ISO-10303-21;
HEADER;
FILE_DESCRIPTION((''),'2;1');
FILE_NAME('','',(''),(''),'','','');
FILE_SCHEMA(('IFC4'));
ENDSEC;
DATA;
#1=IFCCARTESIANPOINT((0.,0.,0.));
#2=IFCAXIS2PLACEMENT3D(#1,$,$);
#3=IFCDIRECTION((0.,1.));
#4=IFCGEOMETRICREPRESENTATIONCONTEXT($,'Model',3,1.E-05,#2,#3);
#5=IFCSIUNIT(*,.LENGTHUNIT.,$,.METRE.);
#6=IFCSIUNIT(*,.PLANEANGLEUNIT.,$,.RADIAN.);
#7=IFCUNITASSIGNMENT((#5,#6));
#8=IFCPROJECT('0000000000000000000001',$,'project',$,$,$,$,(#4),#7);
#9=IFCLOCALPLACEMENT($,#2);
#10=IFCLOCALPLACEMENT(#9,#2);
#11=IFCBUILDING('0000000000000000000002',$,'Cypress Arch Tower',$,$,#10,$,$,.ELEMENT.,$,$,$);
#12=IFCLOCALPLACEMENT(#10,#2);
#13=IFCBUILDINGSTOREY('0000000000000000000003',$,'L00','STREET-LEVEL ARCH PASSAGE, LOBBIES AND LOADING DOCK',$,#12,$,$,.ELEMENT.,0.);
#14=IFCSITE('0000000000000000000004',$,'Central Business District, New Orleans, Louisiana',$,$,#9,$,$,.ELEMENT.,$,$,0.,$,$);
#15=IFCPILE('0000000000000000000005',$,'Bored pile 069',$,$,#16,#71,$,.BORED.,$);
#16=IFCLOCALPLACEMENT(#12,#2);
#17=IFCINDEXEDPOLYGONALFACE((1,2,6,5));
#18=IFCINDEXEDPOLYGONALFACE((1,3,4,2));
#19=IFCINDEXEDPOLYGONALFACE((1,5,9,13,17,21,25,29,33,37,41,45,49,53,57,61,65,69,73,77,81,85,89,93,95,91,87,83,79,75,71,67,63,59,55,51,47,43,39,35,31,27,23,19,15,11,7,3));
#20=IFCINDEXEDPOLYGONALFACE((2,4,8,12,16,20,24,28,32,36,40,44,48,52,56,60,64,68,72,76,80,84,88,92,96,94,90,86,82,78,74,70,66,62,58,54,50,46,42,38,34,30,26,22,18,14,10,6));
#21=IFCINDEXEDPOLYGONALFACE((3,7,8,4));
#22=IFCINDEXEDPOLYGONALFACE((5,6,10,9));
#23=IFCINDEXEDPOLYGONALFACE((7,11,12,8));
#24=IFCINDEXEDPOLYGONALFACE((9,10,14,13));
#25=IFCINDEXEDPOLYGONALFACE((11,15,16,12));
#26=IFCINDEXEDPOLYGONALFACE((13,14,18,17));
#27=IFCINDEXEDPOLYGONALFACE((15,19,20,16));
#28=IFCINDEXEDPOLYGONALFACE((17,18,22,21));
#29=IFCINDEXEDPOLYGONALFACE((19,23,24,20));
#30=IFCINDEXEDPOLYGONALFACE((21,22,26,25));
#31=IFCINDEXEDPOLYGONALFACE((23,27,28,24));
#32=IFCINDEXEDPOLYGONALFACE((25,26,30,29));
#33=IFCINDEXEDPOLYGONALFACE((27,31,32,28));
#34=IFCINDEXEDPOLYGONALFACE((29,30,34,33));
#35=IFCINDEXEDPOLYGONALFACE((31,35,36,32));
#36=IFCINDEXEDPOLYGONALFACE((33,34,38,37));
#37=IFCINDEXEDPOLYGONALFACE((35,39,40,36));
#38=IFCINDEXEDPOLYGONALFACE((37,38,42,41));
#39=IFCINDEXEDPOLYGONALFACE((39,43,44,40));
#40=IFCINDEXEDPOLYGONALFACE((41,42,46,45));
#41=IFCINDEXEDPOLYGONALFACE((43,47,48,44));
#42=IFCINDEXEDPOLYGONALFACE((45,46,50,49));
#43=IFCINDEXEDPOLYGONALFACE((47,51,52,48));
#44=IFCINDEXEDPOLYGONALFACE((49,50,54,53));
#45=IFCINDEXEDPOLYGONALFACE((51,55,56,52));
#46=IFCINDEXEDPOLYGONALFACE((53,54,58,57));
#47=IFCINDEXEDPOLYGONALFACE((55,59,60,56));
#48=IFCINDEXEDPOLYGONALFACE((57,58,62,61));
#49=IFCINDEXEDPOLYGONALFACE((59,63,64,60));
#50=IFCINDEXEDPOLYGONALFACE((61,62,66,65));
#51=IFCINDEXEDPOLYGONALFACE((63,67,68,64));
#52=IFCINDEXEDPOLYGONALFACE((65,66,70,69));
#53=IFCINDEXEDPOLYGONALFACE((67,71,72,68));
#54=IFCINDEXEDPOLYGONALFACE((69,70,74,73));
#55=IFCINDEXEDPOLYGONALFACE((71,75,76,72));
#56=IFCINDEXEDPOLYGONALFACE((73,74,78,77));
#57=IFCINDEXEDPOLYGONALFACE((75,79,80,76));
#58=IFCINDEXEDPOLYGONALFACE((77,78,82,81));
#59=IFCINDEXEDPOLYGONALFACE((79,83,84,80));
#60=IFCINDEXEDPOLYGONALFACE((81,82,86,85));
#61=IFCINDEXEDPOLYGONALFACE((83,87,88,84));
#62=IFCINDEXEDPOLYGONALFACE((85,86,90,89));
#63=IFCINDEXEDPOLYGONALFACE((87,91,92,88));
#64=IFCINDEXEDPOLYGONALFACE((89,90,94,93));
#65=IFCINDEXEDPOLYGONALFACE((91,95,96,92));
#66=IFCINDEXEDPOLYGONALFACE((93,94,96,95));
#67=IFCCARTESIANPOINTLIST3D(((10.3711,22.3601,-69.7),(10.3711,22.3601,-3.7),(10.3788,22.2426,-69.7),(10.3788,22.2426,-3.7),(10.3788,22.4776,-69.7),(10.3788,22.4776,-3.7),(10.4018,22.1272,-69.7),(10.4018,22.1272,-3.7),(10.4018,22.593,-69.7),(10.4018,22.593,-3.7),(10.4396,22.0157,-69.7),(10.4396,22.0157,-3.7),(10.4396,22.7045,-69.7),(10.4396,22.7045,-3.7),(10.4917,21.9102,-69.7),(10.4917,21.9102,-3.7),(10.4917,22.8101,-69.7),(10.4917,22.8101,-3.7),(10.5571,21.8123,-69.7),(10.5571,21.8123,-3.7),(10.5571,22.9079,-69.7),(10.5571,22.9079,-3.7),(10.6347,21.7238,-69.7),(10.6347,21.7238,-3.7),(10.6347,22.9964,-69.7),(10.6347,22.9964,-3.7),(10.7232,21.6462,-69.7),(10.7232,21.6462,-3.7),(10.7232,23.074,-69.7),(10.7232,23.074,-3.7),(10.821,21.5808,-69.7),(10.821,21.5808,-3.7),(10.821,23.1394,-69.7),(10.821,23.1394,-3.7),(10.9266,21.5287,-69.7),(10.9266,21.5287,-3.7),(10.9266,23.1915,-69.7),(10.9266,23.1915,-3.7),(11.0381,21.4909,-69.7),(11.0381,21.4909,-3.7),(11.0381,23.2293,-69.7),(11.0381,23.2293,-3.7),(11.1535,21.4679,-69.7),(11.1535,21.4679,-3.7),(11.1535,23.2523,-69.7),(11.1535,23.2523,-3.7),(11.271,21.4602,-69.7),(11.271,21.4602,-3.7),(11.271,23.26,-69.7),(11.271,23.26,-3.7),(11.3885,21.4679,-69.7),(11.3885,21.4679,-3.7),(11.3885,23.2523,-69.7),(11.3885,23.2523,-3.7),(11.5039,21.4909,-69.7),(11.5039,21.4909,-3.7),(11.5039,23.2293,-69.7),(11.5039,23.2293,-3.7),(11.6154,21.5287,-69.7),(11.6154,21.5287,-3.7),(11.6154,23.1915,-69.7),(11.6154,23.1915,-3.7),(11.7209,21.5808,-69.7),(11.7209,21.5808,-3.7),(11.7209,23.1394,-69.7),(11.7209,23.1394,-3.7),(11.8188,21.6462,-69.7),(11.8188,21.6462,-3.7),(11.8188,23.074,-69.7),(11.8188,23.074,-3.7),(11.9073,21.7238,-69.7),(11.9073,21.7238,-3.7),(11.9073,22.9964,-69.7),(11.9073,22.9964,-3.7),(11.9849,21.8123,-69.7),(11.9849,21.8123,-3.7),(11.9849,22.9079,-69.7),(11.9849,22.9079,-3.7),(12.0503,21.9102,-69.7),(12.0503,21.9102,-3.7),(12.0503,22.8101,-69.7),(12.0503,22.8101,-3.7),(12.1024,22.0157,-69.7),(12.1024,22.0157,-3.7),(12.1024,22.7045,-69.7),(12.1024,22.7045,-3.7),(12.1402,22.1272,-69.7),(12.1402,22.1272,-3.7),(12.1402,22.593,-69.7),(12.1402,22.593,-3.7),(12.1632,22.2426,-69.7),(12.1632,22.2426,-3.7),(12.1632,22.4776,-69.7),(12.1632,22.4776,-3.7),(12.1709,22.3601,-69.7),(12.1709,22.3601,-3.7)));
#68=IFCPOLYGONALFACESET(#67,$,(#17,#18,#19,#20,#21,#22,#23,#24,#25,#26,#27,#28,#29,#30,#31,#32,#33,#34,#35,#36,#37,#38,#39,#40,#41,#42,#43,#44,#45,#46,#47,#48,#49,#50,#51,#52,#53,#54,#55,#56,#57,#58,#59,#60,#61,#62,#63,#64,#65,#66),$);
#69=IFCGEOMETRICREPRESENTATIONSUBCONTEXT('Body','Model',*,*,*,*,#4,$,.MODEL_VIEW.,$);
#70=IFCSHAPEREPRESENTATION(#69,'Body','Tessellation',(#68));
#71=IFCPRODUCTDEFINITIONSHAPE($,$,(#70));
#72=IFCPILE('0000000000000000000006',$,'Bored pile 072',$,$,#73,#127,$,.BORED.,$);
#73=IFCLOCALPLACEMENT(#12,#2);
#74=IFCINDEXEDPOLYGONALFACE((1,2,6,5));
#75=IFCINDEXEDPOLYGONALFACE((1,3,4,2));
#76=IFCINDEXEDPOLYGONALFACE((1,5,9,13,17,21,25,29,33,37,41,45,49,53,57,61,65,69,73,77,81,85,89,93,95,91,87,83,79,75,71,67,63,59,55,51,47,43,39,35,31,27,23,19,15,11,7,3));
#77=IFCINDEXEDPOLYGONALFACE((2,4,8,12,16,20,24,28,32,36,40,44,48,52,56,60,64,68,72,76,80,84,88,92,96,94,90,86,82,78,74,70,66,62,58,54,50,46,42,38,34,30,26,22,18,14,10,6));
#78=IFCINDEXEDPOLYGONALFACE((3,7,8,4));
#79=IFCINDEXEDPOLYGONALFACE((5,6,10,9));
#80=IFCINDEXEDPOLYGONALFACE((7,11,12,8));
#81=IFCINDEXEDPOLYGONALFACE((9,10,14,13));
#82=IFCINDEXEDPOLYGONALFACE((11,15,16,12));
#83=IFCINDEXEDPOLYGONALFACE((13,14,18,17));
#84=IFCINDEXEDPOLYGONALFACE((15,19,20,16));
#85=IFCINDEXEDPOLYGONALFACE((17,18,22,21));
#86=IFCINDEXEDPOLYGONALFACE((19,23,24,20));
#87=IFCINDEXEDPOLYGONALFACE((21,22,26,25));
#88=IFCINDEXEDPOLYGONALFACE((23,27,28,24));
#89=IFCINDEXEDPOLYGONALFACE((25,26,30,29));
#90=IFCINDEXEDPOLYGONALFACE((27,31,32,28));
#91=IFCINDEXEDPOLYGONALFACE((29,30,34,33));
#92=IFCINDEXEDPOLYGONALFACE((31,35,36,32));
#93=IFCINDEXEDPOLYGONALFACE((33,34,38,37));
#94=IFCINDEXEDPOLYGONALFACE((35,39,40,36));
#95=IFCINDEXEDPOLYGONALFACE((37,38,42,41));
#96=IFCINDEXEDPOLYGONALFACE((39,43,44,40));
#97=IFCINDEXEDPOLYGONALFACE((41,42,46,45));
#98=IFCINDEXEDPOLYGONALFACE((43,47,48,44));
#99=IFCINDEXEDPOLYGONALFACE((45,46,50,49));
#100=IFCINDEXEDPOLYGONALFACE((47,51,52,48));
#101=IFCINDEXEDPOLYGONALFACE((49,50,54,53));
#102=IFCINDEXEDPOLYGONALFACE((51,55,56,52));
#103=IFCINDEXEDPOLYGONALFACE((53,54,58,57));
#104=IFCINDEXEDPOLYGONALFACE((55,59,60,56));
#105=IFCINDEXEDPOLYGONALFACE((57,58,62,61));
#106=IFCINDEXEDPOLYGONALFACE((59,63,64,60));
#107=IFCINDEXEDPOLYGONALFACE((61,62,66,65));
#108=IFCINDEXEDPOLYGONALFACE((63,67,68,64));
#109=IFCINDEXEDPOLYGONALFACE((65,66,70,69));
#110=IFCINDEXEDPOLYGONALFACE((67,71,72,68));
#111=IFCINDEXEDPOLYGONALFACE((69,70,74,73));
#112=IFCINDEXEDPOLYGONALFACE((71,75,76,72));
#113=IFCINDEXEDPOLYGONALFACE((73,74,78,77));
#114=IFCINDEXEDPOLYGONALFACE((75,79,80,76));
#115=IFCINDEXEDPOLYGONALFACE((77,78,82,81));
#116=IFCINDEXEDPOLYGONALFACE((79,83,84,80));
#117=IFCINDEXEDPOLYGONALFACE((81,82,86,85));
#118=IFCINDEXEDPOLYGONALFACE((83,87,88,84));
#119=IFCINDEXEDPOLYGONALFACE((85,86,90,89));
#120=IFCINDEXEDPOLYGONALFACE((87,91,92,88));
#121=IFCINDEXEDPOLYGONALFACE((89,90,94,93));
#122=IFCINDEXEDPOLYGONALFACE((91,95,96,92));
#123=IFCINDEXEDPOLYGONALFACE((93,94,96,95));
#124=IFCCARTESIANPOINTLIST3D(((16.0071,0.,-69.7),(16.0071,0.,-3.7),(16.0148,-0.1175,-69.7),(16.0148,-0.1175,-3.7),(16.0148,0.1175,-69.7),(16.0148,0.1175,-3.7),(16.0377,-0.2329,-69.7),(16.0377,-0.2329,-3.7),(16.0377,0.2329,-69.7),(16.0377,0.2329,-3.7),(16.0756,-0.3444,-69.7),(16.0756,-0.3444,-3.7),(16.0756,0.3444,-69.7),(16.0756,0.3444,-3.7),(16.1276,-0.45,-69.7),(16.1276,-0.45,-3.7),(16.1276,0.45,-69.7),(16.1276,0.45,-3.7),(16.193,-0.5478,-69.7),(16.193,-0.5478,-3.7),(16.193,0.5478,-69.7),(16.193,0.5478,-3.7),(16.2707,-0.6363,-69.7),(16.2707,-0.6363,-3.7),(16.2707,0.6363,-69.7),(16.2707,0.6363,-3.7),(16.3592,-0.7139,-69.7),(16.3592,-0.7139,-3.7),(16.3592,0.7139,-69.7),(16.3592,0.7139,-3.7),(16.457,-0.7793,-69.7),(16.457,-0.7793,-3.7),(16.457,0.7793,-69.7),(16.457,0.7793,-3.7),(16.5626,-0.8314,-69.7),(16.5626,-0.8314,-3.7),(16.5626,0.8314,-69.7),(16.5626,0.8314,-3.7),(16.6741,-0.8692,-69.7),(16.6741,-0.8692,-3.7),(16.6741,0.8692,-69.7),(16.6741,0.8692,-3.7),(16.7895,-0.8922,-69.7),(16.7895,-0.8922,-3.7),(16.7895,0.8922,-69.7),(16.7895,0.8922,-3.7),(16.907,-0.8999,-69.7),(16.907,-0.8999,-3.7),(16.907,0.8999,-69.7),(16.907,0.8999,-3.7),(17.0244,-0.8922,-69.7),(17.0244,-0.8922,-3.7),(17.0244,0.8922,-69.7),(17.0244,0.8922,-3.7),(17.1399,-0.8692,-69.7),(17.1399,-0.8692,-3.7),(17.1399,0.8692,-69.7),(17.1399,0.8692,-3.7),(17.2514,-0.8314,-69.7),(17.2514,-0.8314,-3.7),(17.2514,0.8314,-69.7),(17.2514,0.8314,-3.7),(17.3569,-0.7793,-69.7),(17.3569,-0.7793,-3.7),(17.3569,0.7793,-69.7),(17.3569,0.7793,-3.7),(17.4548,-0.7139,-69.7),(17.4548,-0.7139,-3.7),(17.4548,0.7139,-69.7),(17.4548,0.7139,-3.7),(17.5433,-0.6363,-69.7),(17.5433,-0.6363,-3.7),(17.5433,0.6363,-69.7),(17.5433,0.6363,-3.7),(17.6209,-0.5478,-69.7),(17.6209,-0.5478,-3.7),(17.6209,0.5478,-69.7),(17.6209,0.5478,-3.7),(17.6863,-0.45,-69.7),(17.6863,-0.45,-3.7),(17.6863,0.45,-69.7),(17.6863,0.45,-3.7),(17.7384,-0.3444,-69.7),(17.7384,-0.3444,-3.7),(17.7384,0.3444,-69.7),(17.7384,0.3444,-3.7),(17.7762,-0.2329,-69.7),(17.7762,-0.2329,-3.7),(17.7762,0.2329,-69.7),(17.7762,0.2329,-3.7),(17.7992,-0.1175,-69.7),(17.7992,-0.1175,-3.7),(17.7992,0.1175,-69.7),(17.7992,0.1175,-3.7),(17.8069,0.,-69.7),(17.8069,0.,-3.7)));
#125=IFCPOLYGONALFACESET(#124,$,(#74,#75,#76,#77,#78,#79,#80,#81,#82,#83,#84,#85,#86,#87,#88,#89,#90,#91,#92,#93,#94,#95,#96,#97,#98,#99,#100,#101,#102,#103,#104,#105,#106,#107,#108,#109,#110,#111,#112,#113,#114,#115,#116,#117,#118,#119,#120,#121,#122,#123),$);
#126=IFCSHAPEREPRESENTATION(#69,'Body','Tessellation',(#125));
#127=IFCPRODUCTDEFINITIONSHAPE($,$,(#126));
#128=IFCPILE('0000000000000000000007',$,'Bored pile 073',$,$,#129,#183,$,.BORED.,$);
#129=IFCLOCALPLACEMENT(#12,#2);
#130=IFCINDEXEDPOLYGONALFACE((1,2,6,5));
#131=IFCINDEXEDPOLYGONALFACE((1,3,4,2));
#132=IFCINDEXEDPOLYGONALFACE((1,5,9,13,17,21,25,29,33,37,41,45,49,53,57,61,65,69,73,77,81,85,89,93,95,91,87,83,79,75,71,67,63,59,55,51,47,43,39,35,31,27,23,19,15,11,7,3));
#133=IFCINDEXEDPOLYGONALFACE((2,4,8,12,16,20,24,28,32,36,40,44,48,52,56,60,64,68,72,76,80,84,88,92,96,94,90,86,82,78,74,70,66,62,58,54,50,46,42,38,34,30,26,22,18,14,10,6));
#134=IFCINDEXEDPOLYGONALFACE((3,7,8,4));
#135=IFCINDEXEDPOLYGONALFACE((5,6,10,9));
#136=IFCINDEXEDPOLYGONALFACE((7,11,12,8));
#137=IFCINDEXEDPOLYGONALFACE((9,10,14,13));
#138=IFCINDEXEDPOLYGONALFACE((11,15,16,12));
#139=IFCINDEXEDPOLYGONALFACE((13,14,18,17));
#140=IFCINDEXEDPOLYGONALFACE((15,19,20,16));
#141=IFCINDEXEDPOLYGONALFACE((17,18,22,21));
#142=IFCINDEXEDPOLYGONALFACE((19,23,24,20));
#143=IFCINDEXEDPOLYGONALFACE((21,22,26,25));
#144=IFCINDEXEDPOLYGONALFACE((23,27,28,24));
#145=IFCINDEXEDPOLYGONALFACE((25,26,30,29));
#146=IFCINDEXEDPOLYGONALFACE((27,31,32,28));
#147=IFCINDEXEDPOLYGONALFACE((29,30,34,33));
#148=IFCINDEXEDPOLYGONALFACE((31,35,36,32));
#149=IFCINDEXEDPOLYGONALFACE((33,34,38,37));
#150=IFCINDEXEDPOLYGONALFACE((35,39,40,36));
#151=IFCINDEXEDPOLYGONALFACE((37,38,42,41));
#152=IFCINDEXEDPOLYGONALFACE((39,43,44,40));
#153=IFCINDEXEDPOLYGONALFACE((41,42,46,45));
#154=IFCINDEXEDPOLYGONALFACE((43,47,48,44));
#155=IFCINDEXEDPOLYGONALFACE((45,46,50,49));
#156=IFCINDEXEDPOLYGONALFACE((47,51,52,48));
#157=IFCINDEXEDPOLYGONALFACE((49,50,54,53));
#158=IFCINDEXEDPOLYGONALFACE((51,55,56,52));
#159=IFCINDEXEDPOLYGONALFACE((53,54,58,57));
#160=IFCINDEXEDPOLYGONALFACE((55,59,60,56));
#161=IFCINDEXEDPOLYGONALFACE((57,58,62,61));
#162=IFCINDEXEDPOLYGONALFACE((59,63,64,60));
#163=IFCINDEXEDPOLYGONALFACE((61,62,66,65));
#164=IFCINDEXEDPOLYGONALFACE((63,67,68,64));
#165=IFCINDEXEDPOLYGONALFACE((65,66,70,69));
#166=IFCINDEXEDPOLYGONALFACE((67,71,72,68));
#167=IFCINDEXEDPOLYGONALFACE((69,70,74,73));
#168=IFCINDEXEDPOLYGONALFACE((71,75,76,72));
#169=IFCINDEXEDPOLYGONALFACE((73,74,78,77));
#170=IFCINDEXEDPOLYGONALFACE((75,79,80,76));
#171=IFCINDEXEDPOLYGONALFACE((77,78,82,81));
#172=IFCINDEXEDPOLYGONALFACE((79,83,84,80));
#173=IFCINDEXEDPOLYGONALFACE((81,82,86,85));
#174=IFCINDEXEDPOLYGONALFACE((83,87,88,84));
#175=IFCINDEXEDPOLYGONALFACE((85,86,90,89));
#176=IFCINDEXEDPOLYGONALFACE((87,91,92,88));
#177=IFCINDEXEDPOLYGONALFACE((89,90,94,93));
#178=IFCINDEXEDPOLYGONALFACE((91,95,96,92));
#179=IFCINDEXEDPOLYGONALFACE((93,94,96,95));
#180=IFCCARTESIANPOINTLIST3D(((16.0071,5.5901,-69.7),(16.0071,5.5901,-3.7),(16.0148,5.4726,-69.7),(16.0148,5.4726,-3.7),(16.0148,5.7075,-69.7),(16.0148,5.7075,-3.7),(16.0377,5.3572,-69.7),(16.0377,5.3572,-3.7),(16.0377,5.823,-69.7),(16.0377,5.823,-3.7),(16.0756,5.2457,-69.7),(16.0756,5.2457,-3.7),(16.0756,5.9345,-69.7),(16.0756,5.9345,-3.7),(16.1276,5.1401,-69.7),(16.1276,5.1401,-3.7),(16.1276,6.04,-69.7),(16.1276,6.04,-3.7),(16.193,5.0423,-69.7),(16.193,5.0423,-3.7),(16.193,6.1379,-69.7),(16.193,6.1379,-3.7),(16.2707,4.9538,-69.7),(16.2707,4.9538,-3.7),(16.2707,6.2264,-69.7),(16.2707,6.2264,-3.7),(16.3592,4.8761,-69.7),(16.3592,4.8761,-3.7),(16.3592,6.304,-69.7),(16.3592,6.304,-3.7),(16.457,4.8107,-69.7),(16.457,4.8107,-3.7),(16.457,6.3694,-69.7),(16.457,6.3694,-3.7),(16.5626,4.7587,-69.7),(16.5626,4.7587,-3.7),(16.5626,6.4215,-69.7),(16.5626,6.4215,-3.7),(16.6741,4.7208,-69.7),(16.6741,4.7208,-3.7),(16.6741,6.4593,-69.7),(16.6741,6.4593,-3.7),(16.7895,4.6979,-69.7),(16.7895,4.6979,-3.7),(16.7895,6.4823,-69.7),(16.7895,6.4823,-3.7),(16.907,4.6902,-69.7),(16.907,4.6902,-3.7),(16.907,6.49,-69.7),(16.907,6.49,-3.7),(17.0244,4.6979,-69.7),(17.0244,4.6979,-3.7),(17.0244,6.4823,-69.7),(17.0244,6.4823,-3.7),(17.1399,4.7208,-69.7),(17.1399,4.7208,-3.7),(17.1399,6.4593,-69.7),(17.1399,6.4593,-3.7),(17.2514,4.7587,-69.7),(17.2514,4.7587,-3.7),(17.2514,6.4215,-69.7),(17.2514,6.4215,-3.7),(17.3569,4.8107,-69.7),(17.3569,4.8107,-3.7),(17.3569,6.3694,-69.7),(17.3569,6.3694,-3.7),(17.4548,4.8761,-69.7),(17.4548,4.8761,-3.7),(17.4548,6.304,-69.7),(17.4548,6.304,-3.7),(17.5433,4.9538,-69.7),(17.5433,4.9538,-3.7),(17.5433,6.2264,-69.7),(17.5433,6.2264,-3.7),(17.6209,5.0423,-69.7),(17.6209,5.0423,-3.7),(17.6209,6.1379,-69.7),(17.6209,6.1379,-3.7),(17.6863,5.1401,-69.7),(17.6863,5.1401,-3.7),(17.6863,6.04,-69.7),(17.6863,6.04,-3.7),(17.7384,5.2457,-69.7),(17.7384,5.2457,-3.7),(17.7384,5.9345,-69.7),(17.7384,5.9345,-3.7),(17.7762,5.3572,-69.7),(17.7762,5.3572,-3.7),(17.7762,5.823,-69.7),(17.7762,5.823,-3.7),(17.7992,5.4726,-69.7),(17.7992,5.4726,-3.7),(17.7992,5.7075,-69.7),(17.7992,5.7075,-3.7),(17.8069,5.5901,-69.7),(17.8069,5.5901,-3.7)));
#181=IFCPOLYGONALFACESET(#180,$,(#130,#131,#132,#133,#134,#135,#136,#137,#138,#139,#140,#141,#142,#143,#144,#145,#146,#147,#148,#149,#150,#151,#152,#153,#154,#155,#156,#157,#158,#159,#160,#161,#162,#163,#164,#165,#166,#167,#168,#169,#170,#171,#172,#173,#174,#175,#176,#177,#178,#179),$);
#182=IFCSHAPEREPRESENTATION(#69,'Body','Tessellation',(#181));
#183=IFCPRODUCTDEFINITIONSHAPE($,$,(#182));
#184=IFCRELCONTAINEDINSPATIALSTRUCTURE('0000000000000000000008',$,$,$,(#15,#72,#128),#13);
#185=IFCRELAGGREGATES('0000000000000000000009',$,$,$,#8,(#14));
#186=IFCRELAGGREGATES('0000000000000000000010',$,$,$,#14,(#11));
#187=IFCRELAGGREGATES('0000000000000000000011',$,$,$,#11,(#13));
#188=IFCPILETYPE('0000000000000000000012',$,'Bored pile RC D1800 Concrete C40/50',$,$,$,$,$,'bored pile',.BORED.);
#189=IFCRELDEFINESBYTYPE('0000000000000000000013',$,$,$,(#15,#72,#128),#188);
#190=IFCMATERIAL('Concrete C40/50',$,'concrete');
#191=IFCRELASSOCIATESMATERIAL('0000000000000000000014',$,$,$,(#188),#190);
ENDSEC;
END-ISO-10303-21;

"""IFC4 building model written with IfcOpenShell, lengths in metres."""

from ifc_helpers import new_model, si_unit, direction, frame, origin, origin_2d, place, context, subcontext, project, spatial, circle, extrude, material, material_profile, profile_set, type_object, element, save


model = new_model("IFC4")

# Units and contexts
model_context = context("Model", 3, precision=1e-05, world=origin(), true_north=direction((0.0, 1.0)))
body_context = subcontext(model_context, "Body", "Model", "MODEL_VIEW")
ifc_project = project(units=[si_unit("LENGTHUNIT", "METRE"), si_unit("PLANEANGLEUNIT", "RADIAN")], contexts=[model_context])

# Site, building, storey
site_placement = place(None, origin())
site = spatial("IfcSite", under=ifc_project, at=site_placement, Name="Central Business District, New Orleans, Louisiana", CompositionType="ELEMENT", RefElevation=0.0)
building_placement = place(site_placement, origin())
building = spatial("IfcBuilding", under=site, at=building_placement, Name="Cypress Arch Tower", CompositionType="ELEMENT")
storey_placement = place(building_placement, origin())
storey = spatial("IfcBuildingStorey", under=building, at=storey_placement, Name="L00", Description="STREET-LEVEL ARCH PASSAGE, LOBBIES AND LOADING DOCK", CompositionType="ELEMENT", Elevation=0.0)

# Piles
ifc_material_1 = material(Name="Concrete C40/50", Category="concrete")
ifc_material_profile_1 = material_profile(ifc_material_1, circle(Radius=0.8999, at=origin_2d()), Name="RC D1800")
ifc_profile_set_1 = profile_set([ifc_material_profile_1], Name="Concrete C40/50")
pile_type = type_object("IfcPileType", Name="Bored pile RC D1800 Concrete C40/50", ElementType="bored pile", PredefinedType="BORED", material=ifc_profile_set_1)
for number, where, z_axis, x_axis, name in (
    (1, (11.271, 22.3601, -3.7), (0.0, 0.0, -1.0), (1.0, 0.0, 0.0), "Bored pile 069"),
    (2, (16.907, 0.0, -3.7), (0.0, 0.0, -1.0), (1.0, 0.0, 0.0), "Bored pile 072"),
    (3, (16.907, 5.5901, -3.7), (0.0, 0.0, -1.0), (1.0, 0.0, 0.0), "Bored pile 073"),
):
    element("IfcPile", number, at=place(storey_placement, frame(where, z_axis=z_axis, x_axis=x_axis)), inside=storey, type_object=pile_type, Name=name, PredefinedType="BORED", context=body_context, shape_type="SweptSolid", body=[
        extrude(circle(Radius=0.8999, at=origin_2d()), origin(), (0.0, 0.0, 1.0), 66.0),
    ])

save(model, "model.ifc")
